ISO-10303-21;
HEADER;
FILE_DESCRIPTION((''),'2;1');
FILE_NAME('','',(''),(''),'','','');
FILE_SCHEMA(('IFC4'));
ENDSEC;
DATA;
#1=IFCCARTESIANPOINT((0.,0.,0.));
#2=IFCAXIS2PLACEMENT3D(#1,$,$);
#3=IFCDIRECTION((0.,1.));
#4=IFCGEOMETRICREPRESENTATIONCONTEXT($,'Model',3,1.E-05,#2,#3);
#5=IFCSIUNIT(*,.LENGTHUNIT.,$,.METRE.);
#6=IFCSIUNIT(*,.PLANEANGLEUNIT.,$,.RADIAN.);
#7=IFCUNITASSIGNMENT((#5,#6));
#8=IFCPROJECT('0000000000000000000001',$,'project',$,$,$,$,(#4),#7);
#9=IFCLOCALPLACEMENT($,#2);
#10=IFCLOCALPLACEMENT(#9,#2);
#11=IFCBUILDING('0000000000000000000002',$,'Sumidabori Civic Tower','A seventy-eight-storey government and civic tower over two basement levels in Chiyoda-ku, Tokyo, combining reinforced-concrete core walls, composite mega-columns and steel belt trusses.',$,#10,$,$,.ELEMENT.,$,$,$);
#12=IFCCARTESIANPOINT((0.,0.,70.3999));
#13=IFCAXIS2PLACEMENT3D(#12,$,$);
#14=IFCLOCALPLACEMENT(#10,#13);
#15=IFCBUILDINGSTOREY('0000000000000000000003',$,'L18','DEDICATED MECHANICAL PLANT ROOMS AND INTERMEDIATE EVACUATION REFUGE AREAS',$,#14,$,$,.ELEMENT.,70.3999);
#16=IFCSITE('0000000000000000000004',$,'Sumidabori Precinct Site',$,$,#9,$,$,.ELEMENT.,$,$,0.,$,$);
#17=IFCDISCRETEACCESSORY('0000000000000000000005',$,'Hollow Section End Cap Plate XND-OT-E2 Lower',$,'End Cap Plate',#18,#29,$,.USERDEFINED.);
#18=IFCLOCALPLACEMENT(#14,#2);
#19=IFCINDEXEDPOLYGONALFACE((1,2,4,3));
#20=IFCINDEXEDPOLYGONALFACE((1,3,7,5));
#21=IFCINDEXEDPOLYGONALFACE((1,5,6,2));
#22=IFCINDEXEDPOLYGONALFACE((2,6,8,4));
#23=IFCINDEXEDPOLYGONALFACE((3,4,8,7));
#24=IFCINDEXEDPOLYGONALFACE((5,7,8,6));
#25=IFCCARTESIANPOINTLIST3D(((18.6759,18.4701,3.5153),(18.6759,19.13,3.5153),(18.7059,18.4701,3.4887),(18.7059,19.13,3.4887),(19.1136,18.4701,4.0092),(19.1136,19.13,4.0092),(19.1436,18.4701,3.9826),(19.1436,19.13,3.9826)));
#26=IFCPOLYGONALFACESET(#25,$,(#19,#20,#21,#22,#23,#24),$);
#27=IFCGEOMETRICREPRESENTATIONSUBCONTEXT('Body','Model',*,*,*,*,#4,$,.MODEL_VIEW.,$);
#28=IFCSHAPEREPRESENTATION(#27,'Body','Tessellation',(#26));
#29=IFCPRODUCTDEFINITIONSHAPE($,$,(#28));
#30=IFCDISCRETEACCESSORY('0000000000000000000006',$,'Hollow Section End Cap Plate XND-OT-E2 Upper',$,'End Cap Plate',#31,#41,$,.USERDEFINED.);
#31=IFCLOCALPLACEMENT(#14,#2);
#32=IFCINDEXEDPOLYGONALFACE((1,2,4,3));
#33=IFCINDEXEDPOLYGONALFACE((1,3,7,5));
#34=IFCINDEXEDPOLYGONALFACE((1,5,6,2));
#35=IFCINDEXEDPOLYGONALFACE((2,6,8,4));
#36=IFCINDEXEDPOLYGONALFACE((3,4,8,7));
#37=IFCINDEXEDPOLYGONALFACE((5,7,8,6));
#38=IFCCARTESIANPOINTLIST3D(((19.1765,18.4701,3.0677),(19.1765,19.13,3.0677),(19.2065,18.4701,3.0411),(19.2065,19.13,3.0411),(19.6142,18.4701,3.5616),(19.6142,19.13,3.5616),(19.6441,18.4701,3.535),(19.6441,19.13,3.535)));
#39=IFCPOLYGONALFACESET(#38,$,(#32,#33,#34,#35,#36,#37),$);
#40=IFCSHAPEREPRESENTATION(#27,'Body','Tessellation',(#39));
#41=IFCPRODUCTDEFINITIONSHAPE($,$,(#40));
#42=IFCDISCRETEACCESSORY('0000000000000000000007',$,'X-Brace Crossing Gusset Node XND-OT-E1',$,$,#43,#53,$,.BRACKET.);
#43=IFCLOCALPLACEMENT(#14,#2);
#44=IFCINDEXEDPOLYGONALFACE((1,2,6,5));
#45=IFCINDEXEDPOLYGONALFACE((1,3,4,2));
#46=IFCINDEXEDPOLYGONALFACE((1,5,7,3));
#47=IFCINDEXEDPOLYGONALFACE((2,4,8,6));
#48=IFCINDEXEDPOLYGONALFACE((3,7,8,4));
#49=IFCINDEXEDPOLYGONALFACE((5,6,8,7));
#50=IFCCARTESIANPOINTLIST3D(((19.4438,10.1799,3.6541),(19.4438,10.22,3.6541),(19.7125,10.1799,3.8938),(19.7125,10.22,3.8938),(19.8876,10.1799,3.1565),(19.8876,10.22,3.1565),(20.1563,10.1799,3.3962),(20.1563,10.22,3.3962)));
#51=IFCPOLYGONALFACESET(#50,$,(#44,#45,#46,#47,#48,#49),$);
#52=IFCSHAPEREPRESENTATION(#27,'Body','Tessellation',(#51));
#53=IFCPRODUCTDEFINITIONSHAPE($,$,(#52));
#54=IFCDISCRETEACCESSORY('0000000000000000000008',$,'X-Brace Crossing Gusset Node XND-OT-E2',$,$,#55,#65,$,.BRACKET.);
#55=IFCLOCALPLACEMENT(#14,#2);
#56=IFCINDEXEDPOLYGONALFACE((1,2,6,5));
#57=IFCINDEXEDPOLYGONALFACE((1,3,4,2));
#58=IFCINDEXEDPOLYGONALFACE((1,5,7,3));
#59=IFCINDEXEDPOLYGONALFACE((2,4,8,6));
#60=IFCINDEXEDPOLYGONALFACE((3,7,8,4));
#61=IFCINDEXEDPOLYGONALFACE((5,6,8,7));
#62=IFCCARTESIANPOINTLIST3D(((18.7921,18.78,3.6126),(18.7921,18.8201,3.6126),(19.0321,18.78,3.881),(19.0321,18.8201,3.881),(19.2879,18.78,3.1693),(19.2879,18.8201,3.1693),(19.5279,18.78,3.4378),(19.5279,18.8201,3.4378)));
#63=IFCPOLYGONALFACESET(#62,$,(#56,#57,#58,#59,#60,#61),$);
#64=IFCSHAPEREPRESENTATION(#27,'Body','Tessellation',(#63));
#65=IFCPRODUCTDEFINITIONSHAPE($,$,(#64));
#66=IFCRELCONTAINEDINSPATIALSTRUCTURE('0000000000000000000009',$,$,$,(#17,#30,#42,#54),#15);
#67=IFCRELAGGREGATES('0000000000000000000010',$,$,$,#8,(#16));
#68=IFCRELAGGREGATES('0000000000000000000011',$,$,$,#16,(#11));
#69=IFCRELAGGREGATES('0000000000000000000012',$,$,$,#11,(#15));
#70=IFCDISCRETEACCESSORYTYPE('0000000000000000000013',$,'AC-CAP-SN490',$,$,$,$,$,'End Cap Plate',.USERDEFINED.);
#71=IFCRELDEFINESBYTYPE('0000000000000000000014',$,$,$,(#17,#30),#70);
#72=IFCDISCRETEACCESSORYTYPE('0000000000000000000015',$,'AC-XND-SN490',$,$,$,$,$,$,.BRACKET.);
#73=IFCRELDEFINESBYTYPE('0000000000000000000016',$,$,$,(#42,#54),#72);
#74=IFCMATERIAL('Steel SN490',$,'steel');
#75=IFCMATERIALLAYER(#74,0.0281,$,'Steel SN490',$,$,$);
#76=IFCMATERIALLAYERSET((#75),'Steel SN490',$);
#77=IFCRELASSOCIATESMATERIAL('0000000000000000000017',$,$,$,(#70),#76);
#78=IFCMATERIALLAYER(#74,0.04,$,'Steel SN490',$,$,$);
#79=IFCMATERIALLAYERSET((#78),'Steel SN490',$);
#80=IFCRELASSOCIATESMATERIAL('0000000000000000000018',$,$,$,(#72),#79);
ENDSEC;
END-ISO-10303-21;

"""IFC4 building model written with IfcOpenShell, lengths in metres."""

from ifc_helpers import new_model, si_unit, direction, frame, origin, origin_2d, place, context, subcontext, project, spatial, rectangle, extrude, source, transform, mapped, material, layer, layer_set, type_object, element, save


model = new_model("IFC4")

# Units and contexts
model_context = context("Model", 3, precision=1e-05, world=origin(), true_north=direction((0.0, 1.0)))
body_context = subcontext(model_context, "Body", "Model", "MODEL_VIEW")
ifc_project = project(units=[si_unit("LENGTHUNIT", "METRE"), si_unit("PLANEANGLEUNIT", "RADIAN")], contexts=[model_context])

# Site, building, storey
site_placement = place(None, origin())
site = spatial("IfcSite", under=ifc_project, at=site_placement, Name="Sumidabori Precinct Site", CompositionType="ELEMENT", RefElevation=0.0)
building_placement = place(site_placement, origin())
building = spatial("IfcBuilding", under=site, at=building_placement, Name="Sumidabori Civic Tower", Description="A seventy-eight-storey government and civic tower over two basement levels in Chiyoda-ku, Tokyo, combining reinforced-concrete core walls, composite mega-columns and steel belt trusses.", CompositionType="ELEMENT")
storey_placement = place(building_placement, frame((0.0, 0.0, 70.3999)))
storey = spatial("IfcBuildingStorey", under=building, at=storey_placement, Name="L18", Description="DEDICATED MECHANICAL PLANT ROOMS AND INTERMEDIATE EVACUATION REFUGE AREAS", CompositionType="ELEMENT", Elevation=70.3999)

# Shared definitions
ifc_material_1 = material(Name="Steel SN490", Category="steel")

# Discrete accessories
ifc_layer_1 = layer(ifc_material_1, 0.0281, Name="Steel SN490")
ifc_layer_set_1 = layer_set([ifc_layer_1], Name="Steel SN490")
discrete_accessory_type_1 = type_object("IfcDiscreteAccessoryType", Name="AC-CAP-SN490", ElementType="End Cap Plate", PredefinedType="USERDEFINED", material=ifc_layer_set_1)
shared_shape_1 = source(origin(), body_context, "Body", "SweptSolid", [
    extrude(rectangle(XDim=0.6599, YDim=0.6599, at=origin_2d()), origin(), (0.0, 0.0, 1.0), 0.04),
])
for number, where, z_axis, x_axis, name in (
    (1, (18.8948, 18.8, 3.7622), (0.748416, 0.0, -0.66323), (0.0, 1.0, 0.0), "Hollow Section End Cap Plate XND-OT-E2 Lower"),
    (2, (19.4253, 18.8, 3.2881), (-0.748416, 0.0, 0.66323), (0.0, -1.0, 0.0), "Hollow Section End Cap Plate XND-OT-E2 Upper"),
):
    element("IfcDiscreteAccessory", number, at=place(storey_placement, frame(where, z_axis=z_axis, x_axis=x_axis)), inside=storey, type_object=discrete_accessory_type_1, Name=name, ObjectType="End Cap Plate", PredefinedType="USERDEFINED", context=body_context, shape_type="MappedRepresentation", body=[
        mapped(shared_shape_1, transform((0.0, 0.0, 0.0), x_axis=(1.0, 0.0, 0.0), y_axis=(0.0, 1.0, 0.0), z_axis=(0.0, 0.0, 1.0), scale=1.0)),
    ])
ifc_layer_2 = layer(ifc_material_1, 0.04, Name="Steel SN490")
ifc_layer_set_2 = layer_set([ifc_layer_2], Name="Steel SN490")
discrete_accessory_type_2 = type_object("IfcDiscreteAccessoryType", Name="AC-XND-SN490", PredefinedType="BRACKET", material=ifc_layer_set_2)
shared_shape_2 = source(origin(), body_context, "Body", "SweptSolid", [
    extrude(rectangle(XDim=0.04, YDim=0.3601, at=origin_2d()), origin(), (0.0, 0.0, 1.0), 0.6667),
])
discrete_accessory_1_placement = place(storey_placement, frame((19.5781, 10.2, 3.7739), z_axis=(0.665681, 0.0, -0.746236), x_axis=(0.0, 1.0, 0.0)))
element("IfcDiscreteAccessory", 3, at=discrete_accessory_1_placement, inside=storey, type_object=discrete_accessory_type_2, Name="X-Brace Crossing Gusset Node XND-OT-E1", PredefinedType="BRACKET", context=body_context, shape_type="MappedRepresentation", body=[
    mapped(shared_shape_2, transform((0.0, 0.0, 0.0), x_axis=(1.0, 0.0, 0.0), y_axis=(0.0, 1.0, 0.0), z_axis=(0.0, 0.0, 1.0), scale=1.0)),
])
shared_shape_3 = source(origin(), body_context, "Body", "SweptSolid", [
    extrude(rectangle(XDim=0.04, YDim=0.3601, at=origin_2d()), origin(), (0.0, 0.0, 1.0), 0.665),
])
discrete_accessory_2_placement = place(storey_placement, frame((18.9121, 18.8, 3.7468), z_axis=(0.745462, 0.0, -0.666548), x_axis=(0.0, 1.0, 0.0)))
element("IfcDiscreteAccessory", 4, at=discrete_accessory_2_placement, inside=storey, type_object=discrete_accessory_type_2, Name="X-Brace Crossing Gusset Node XND-OT-E2", PredefinedType="BRACKET", context=body_context, shape_type="MappedRepresentation", body=[
    mapped(shared_shape_3, transform((0.0, 0.0, 0.0), x_axis=(1.0, 0.0, 0.0), y_axis=(0.0, 1.0, 0.0), z_axis=(0.0, 0.0, 1.0), scale=1.0)),
])

save(model, "model.ifc")
